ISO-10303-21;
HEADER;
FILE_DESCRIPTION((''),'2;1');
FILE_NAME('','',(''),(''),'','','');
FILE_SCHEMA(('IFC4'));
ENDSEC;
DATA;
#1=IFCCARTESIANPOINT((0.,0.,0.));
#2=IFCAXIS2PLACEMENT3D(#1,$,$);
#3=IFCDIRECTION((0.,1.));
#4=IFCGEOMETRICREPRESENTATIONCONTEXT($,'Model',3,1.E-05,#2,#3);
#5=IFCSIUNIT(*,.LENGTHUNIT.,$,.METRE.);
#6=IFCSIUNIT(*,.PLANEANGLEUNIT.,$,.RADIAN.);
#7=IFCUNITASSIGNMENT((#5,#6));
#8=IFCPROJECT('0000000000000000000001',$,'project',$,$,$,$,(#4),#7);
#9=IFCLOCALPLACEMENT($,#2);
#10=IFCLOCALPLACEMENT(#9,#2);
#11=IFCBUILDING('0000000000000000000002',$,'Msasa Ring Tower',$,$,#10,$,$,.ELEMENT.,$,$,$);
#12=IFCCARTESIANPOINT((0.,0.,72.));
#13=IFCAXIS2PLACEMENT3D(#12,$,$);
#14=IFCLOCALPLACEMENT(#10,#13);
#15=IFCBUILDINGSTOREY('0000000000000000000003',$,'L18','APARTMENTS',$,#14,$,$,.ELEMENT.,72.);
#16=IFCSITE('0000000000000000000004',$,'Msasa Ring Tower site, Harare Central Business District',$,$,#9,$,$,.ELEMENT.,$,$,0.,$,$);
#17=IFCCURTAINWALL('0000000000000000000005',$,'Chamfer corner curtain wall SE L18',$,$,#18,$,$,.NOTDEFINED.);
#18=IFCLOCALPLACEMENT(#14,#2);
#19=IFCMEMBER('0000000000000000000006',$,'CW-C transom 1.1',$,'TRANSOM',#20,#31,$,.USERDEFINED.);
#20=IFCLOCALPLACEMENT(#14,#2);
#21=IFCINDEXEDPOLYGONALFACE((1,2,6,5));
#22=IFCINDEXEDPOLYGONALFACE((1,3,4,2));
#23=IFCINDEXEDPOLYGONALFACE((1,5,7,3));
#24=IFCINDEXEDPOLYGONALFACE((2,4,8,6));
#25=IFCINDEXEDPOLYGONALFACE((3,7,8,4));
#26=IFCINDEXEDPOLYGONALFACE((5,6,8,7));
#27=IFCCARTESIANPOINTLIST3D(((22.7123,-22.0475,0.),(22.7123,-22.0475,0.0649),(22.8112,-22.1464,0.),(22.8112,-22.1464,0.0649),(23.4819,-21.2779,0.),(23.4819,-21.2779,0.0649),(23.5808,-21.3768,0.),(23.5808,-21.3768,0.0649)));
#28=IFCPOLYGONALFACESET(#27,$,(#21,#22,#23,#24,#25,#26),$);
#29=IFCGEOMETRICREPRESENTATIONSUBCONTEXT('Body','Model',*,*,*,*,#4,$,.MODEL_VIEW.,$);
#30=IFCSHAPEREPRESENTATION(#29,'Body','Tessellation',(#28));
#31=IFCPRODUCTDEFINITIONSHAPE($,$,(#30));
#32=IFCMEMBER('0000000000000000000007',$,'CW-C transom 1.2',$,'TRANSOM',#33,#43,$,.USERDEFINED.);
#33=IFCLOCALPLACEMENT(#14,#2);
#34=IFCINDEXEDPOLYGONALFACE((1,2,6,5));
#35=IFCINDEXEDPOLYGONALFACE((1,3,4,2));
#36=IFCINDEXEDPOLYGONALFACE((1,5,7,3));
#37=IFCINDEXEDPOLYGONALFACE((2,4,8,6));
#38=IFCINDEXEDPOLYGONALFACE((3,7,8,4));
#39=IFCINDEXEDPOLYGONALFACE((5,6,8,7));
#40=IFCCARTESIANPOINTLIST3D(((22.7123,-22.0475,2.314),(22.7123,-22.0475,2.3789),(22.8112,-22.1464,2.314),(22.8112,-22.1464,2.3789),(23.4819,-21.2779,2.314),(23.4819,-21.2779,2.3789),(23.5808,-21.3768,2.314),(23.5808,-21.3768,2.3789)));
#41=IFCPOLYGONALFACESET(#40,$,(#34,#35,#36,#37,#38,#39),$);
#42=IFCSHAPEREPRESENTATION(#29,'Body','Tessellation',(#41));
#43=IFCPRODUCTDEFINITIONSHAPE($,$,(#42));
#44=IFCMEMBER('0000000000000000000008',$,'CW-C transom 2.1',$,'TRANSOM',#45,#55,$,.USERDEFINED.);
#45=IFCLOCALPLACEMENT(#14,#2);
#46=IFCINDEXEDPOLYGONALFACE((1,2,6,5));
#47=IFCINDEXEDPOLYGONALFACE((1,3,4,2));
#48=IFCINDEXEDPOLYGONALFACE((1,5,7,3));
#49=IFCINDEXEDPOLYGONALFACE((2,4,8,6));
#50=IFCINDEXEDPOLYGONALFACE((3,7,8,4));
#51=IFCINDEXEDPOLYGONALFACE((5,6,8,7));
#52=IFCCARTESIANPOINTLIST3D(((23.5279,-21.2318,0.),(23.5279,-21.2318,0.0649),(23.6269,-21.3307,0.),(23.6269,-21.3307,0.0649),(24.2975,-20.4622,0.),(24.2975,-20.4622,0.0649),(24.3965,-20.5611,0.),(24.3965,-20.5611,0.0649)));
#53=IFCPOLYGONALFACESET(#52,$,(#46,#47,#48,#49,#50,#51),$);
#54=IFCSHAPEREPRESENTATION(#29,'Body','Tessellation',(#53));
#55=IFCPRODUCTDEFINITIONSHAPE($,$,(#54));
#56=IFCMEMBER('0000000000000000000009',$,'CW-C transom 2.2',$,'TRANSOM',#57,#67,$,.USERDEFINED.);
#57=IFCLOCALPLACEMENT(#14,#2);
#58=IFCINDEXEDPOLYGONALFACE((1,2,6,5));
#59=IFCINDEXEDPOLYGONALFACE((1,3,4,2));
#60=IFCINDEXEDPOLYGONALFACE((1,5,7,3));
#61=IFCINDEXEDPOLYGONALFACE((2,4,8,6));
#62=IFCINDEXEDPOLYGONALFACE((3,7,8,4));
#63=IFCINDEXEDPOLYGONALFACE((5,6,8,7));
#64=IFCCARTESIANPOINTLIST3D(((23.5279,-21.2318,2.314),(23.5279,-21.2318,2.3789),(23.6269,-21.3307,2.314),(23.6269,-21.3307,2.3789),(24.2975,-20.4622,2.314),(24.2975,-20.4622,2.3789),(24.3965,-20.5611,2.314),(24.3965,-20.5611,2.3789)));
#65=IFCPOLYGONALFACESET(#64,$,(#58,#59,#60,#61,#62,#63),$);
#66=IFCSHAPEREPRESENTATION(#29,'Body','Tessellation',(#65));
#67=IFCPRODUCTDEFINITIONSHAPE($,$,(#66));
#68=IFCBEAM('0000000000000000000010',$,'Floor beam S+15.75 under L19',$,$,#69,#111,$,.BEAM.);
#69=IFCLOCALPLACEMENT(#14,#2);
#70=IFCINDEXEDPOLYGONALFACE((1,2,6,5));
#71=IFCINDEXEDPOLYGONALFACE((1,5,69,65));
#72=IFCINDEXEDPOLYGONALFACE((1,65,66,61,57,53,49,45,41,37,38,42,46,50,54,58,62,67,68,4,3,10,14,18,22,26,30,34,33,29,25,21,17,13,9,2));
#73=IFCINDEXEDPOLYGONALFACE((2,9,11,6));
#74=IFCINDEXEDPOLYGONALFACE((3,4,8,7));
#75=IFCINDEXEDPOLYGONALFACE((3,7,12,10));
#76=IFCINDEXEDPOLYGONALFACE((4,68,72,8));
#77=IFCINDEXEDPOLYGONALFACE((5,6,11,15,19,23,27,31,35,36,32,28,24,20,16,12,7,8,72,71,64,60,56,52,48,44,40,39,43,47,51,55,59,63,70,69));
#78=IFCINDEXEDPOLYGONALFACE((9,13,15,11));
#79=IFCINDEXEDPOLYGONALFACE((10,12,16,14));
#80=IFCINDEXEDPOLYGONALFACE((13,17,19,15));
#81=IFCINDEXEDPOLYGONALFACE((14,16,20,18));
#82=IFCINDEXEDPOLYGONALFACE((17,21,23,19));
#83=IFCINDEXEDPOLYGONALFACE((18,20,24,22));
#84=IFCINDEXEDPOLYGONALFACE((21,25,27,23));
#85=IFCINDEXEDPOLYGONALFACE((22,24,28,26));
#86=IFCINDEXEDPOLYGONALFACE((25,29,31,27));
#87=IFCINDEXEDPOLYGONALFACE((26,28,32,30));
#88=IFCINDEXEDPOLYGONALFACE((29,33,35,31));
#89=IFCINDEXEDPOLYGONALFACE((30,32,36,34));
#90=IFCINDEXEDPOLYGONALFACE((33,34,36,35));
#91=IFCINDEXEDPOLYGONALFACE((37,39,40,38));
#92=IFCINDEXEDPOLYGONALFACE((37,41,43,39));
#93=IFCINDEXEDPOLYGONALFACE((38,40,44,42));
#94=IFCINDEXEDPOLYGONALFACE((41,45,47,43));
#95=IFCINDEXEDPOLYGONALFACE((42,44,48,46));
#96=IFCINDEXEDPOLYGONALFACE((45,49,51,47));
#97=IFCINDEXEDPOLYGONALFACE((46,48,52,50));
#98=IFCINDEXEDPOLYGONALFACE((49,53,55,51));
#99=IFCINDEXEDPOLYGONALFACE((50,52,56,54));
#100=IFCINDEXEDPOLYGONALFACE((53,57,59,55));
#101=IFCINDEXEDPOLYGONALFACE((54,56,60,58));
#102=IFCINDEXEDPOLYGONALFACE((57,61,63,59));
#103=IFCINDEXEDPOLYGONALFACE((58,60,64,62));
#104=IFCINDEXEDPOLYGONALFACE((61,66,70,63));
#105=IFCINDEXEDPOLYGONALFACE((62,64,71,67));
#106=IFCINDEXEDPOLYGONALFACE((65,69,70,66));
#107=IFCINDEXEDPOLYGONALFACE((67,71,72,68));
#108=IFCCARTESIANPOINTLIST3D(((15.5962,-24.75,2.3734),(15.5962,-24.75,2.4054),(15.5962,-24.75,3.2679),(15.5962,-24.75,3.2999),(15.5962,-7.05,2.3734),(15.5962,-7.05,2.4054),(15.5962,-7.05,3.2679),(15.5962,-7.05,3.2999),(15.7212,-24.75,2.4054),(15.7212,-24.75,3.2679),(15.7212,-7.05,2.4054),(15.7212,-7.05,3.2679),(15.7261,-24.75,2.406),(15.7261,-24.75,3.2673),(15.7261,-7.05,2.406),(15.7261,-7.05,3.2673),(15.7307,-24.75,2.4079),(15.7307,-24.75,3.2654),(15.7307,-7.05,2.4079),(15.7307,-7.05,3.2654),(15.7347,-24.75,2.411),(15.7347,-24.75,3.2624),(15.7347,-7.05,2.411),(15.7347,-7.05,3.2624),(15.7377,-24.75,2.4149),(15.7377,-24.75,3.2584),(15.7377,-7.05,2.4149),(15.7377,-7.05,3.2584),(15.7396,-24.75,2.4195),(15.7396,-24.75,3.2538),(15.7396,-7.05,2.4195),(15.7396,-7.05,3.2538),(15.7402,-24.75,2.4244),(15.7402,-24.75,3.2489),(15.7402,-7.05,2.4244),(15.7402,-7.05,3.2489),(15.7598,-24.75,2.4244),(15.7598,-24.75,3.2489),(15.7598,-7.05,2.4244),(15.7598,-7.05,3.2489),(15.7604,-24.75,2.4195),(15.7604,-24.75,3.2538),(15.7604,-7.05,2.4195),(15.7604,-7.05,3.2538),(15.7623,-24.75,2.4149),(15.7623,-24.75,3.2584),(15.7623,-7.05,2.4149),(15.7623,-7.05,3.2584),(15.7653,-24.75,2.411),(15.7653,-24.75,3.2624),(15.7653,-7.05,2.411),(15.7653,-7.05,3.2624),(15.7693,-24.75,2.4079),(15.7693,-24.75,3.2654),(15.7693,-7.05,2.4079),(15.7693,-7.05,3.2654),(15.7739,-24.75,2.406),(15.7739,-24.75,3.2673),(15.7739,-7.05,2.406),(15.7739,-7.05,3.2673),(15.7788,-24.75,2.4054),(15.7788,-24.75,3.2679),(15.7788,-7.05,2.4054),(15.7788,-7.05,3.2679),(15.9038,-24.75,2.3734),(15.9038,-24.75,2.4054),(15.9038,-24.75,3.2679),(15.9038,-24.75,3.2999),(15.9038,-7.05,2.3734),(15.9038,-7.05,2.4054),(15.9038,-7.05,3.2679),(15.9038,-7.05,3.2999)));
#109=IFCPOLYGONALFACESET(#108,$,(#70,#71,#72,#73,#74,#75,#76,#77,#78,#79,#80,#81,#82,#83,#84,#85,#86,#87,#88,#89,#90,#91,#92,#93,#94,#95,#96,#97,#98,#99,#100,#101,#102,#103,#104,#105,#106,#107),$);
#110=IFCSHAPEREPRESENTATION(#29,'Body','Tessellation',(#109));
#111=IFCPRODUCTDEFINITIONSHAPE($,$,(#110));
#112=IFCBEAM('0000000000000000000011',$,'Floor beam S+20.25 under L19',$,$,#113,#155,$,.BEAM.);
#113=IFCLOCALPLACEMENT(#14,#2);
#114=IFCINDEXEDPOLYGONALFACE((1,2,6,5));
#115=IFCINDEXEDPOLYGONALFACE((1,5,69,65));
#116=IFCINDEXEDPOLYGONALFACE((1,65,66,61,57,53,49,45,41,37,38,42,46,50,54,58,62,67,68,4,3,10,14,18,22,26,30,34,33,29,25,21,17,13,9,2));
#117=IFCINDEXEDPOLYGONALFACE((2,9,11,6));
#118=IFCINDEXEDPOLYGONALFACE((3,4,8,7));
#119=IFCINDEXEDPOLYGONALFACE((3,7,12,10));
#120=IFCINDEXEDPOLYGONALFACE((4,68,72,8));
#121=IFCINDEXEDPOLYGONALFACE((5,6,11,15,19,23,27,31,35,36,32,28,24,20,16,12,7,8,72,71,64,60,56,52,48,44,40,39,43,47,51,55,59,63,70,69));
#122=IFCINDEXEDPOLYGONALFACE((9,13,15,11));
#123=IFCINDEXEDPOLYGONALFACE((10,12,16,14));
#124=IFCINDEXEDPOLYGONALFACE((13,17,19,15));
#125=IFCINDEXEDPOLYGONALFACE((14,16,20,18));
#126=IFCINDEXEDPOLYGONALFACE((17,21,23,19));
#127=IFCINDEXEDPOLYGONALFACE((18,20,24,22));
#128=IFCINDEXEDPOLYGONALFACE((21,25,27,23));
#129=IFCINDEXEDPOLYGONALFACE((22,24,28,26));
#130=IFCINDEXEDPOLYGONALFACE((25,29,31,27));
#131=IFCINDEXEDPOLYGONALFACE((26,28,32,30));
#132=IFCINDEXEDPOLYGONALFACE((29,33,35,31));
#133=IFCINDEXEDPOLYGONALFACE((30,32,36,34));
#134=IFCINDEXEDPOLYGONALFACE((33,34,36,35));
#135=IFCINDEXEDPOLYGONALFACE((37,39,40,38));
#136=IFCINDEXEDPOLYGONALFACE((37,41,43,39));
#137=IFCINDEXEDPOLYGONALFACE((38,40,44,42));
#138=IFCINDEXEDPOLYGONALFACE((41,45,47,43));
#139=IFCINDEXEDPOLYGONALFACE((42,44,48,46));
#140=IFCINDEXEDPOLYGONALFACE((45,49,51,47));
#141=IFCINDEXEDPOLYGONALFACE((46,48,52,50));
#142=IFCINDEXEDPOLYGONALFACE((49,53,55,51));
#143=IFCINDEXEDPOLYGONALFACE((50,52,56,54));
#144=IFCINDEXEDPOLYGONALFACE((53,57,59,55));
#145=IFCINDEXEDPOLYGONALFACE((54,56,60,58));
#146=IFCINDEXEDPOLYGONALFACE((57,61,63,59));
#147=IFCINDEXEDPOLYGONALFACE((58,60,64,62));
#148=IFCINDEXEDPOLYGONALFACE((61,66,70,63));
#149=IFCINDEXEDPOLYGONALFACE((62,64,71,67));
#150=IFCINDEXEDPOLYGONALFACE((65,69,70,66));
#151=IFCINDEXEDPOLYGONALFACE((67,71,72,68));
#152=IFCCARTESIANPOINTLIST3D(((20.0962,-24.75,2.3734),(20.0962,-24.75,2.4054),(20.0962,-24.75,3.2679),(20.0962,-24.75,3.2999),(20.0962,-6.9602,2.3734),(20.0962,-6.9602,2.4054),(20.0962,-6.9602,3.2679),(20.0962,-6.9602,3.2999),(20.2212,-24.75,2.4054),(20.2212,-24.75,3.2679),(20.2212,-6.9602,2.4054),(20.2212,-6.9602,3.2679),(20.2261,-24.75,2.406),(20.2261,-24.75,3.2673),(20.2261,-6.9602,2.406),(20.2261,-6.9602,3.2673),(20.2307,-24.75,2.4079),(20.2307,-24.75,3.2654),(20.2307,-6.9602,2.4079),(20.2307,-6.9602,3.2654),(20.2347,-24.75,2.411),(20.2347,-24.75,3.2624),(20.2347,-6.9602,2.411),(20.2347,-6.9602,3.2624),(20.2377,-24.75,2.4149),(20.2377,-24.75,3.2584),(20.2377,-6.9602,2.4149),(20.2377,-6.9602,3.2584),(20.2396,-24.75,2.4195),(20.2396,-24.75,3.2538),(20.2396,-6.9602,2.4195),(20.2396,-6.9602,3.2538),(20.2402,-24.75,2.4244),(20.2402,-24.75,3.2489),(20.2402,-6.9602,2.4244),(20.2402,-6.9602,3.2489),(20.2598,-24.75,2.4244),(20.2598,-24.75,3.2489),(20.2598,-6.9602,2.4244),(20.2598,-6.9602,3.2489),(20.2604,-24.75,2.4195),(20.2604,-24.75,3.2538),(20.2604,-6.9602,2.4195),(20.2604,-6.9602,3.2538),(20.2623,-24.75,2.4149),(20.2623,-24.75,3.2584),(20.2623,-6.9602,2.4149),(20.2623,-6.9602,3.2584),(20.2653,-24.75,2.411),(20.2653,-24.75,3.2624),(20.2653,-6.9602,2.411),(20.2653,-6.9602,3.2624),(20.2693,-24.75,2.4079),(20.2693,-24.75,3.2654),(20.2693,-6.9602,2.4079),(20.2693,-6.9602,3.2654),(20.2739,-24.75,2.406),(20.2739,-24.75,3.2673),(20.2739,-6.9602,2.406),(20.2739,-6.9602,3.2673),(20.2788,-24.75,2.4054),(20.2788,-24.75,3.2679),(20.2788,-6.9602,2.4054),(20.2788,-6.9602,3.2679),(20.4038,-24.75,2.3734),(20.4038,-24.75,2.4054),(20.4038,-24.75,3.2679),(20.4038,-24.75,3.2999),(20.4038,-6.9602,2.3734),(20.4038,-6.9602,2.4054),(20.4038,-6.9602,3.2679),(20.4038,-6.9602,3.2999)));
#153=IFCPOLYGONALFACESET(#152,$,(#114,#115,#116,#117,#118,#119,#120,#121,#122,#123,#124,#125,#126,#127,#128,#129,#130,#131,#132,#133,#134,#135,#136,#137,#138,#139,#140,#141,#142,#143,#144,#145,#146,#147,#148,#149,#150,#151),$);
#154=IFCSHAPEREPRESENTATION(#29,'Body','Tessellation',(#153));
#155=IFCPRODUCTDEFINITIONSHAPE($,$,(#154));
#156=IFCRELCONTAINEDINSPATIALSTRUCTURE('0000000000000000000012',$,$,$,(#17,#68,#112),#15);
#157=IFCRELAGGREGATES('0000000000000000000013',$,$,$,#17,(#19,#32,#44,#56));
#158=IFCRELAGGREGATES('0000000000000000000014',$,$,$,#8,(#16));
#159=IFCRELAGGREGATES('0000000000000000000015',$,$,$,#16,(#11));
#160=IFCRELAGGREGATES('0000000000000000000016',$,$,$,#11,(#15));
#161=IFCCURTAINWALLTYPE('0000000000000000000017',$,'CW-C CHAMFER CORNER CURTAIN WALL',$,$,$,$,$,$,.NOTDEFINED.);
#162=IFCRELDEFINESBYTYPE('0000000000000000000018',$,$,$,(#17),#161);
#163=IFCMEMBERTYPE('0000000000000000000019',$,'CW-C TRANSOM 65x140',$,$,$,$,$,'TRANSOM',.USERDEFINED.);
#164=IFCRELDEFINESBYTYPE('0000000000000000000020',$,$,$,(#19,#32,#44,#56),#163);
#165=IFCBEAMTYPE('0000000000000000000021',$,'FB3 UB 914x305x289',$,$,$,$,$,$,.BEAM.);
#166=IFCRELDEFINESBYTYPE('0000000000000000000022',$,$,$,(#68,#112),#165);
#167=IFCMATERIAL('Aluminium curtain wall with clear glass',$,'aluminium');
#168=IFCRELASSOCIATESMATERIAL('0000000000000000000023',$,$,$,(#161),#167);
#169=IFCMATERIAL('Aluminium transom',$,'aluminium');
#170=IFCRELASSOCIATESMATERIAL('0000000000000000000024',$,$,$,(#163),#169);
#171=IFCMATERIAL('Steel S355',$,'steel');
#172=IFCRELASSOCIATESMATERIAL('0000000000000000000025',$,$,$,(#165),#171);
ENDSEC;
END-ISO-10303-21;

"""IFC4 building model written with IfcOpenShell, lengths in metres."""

from ifc_helpers import new_model, si_unit, direction, frame, origin, origin_2d, place, context, subcontext, project, spatial, rectangle, i_section, extrude, material, material_profile, profile_set, type_object, element, aggregate, save


model = new_model("IFC4")

# Units and contexts
model_context = context("Model", 3, precision=1e-05, world=origin(), true_north=direction((0.0, 1.0)))
body_context = subcontext(model_context, "Body", "Model", "MODEL_VIEW")
ifc_project = project(units=[si_unit("LENGTHUNIT", "METRE"), si_unit("PLANEANGLEUNIT", "RADIAN")], contexts=[model_context])

# Site, building, storey
site_placement = place(None, origin())
site = spatial("IfcSite", under=ifc_project, at=site_placement, Name="Msasa Ring Tower site, Harare Central Business District", CompositionType="ELEMENT", RefElevation=0.0)
building_placement = place(site_placement, origin())
building = spatial("IfcBuilding", under=site, at=building_placement, Name="Msasa Ring Tower", CompositionType="ELEMENT")
storey_placement = place(building_placement, frame((0.0, 0.0, 72.0)))
storey = spatial("IfcBuildingStorey", under=building, at=storey_placement, Name="L18", Description="APARTMENTS", CompositionType="ELEMENT", Elevation=72.0)

# Curtain wall
ifc_material_1 = material(Name="Aluminium curtain wall with clear glass", Category="aluminium")
curtain_wall_type = type_object("IfcCurtainWallType", Name="CW-C CHAMFER CORNER CURTAIN WALL", PredefinedType="NOTDEFINED", material=ifc_material_1)
curtain_wall_1_placement = place(storey_placement, origin())
curtain_wall_1 = element("IfcCurtainWall", 1, at=curtain_wall_1_placement, inside=storey, type_object=curtain_wall_type, Name="Chamfer corner curtain wall SE L18", PredefinedType="NOTDEFINED")

# Members
ifc_material_2 = material(Name="Aluminium transom", Category="aluminium")
ifc_material_profile_1 = material_profile(ifc_material_2, rectangle(XDim=0.1399, YDim=0.0649, at=origin_2d()), Name="AL 65x140")
ifc_profile_set_1 = profile_set([ifc_material_profile_1], Name="Aluminium transom")
member_type_1 = type_object("IfcMemberType", Name="CW-C TRANSOM 65x140", ElementType="TRANSOM", PredefinedType="USERDEFINED", material=ifc_profile_set_1)
member_1_placement = place(storey_placement, frame((22.7617, -22.0969, 0.0325), z_axis=(0.707107, 0.707107, 0.0), x_axis=(-0.707107, 0.707107, 0.0)))
member_1 = element("IfcMember", 2, at=member_1_placement, type_object=member_type_1, Name="CW-C transom 1.1", ObjectType="TRANSOM", PredefinedType="USERDEFINED", context=body_context, shape_type="SweptSolid", body=[
    extrude(rectangle(XDim=0.1399, YDim=0.0649, at=origin_2d()), origin(), (0.0, 0.0, 1.0), 1.0884),
])
member_2_placement = place(storey_placement, frame((22.7617, -22.0969, 2.3464), z_axis=(0.707107, 0.707107, 0.0), x_axis=(-0.707107, 0.707107, 0.0)))
member_2 = element("IfcMember", 3, at=member_2_placement, type_object=member_type_1, Name="CW-C transom 1.2", ObjectType="TRANSOM", PredefinedType="USERDEFINED", context=body_context, shape_type="SweptSolid", body=[
    extrude(rectangle(XDim=0.1399, YDim=0.0649, at=origin_2d()), origin(), (0.0, 0.0, 1.0), 1.0884),
])
member_3_placement = place(storey_placement, frame((23.5774, -21.2812, 0.0325), z_axis=(0.707107, 0.707107, 0.0), x_axis=(-0.707107, 0.707107, 0.0)))
member_3 = element("IfcMember", 4, at=member_3_placement, type_object=member_type_1, Name="CW-C transom 2.1", ObjectType="TRANSOM", PredefinedType="USERDEFINED", context=body_context, shape_type="SweptSolid", body=[
    extrude(rectangle(XDim=0.1399, YDim=0.0649, at=origin_2d()), origin(), (0.0, 0.0, 1.0), 1.0884),
])
member_4_placement = place(storey_placement, frame((23.5774, -21.2812, 2.3464), z_axis=(0.707107, 0.707107, 0.0), x_axis=(-0.707107, 0.707107, 0.0)))
member_4 = element("IfcMember", 5, at=member_4_placement, type_object=member_type_1, Name="CW-C transom 2.2", ObjectType="TRANSOM", PredefinedType="USERDEFINED", context=body_context, shape_type="SweptSolid", body=[
    extrude(rectangle(XDim=0.1399, YDim=0.0649, at=origin_2d()), origin(), (0.0, 0.0, 1.0), 1.0884),
])

# Beams
ifc_material_3 = material(Name="Steel S355", Category="steel")
ifc_material_profile_2 = material_profile(ifc_material_3, i_section(OverallWidth=0.3076, OverallDepth=0.9265, WebThickness=0.0195, FlangeThickness=0.032, FilletRadius=0.019, at=origin_2d()), Name="UB 914x305x289")
ifc_profile_set_2 = profile_set([ifc_material_profile_2], Name="Steel S355")
beam_type_1 = type_object("IfcBeamType", Name="FB3 UB 914x305x289", PredefinedType="BEAM", material=ifc_profile_set_2)
beam_1_placement = place(storey_placement, frame((15.75, -24.75, 2.8367), z_axis=(0.0, 1.0, 0.0), x_axis=(-1.0, 0.0, 0.0)))
element("IfcBeam", 6, at=beam_1_placement, inside=storey, type_object=beam_type_1, Name="Floor beam S+15.75 under L19", PredefinedType="BEAM", context=body_context, shape_type="SweptSolid", body=[
    extrude(i_section(OverallWidth=0.3076, OverallDepth=0.9265, WebThickness=0.0195, FlangeThickness=0.032, FilletRadius=0.019, at=origin_2d()), origin(), (0.0, 0.0, 1.0), 17.7),
])
beam_2_placement = place(storey_placement, frame((20.25, -24.75, 2.8367), z_axis=(0.0, 1.0, 0.0), x_axis=(-1.0, 0.0, 0.0)))
element("IfcBeam", 7, at=beam_2_placement, inside=storey, type_object=beam_type_1, Name="Floor beam S+20.25 under L19", PredefinedType="BEAM", context=body_context, shape_type="SweptSolid", body=[
    extrude(i_section(OverallWidth=0.3076, OverallDepth=0.9265, WebThickness=0.0195, FlangeThickness=0.032, FilletRadius=0.019, at=origin_2d()), origin(), (0.0, 0.0, 1.0), 17.7898),
])

aggregate(curtain_wall_1, [member_1, member_2, member_3, member_4])

save(model, "model.ifc")
